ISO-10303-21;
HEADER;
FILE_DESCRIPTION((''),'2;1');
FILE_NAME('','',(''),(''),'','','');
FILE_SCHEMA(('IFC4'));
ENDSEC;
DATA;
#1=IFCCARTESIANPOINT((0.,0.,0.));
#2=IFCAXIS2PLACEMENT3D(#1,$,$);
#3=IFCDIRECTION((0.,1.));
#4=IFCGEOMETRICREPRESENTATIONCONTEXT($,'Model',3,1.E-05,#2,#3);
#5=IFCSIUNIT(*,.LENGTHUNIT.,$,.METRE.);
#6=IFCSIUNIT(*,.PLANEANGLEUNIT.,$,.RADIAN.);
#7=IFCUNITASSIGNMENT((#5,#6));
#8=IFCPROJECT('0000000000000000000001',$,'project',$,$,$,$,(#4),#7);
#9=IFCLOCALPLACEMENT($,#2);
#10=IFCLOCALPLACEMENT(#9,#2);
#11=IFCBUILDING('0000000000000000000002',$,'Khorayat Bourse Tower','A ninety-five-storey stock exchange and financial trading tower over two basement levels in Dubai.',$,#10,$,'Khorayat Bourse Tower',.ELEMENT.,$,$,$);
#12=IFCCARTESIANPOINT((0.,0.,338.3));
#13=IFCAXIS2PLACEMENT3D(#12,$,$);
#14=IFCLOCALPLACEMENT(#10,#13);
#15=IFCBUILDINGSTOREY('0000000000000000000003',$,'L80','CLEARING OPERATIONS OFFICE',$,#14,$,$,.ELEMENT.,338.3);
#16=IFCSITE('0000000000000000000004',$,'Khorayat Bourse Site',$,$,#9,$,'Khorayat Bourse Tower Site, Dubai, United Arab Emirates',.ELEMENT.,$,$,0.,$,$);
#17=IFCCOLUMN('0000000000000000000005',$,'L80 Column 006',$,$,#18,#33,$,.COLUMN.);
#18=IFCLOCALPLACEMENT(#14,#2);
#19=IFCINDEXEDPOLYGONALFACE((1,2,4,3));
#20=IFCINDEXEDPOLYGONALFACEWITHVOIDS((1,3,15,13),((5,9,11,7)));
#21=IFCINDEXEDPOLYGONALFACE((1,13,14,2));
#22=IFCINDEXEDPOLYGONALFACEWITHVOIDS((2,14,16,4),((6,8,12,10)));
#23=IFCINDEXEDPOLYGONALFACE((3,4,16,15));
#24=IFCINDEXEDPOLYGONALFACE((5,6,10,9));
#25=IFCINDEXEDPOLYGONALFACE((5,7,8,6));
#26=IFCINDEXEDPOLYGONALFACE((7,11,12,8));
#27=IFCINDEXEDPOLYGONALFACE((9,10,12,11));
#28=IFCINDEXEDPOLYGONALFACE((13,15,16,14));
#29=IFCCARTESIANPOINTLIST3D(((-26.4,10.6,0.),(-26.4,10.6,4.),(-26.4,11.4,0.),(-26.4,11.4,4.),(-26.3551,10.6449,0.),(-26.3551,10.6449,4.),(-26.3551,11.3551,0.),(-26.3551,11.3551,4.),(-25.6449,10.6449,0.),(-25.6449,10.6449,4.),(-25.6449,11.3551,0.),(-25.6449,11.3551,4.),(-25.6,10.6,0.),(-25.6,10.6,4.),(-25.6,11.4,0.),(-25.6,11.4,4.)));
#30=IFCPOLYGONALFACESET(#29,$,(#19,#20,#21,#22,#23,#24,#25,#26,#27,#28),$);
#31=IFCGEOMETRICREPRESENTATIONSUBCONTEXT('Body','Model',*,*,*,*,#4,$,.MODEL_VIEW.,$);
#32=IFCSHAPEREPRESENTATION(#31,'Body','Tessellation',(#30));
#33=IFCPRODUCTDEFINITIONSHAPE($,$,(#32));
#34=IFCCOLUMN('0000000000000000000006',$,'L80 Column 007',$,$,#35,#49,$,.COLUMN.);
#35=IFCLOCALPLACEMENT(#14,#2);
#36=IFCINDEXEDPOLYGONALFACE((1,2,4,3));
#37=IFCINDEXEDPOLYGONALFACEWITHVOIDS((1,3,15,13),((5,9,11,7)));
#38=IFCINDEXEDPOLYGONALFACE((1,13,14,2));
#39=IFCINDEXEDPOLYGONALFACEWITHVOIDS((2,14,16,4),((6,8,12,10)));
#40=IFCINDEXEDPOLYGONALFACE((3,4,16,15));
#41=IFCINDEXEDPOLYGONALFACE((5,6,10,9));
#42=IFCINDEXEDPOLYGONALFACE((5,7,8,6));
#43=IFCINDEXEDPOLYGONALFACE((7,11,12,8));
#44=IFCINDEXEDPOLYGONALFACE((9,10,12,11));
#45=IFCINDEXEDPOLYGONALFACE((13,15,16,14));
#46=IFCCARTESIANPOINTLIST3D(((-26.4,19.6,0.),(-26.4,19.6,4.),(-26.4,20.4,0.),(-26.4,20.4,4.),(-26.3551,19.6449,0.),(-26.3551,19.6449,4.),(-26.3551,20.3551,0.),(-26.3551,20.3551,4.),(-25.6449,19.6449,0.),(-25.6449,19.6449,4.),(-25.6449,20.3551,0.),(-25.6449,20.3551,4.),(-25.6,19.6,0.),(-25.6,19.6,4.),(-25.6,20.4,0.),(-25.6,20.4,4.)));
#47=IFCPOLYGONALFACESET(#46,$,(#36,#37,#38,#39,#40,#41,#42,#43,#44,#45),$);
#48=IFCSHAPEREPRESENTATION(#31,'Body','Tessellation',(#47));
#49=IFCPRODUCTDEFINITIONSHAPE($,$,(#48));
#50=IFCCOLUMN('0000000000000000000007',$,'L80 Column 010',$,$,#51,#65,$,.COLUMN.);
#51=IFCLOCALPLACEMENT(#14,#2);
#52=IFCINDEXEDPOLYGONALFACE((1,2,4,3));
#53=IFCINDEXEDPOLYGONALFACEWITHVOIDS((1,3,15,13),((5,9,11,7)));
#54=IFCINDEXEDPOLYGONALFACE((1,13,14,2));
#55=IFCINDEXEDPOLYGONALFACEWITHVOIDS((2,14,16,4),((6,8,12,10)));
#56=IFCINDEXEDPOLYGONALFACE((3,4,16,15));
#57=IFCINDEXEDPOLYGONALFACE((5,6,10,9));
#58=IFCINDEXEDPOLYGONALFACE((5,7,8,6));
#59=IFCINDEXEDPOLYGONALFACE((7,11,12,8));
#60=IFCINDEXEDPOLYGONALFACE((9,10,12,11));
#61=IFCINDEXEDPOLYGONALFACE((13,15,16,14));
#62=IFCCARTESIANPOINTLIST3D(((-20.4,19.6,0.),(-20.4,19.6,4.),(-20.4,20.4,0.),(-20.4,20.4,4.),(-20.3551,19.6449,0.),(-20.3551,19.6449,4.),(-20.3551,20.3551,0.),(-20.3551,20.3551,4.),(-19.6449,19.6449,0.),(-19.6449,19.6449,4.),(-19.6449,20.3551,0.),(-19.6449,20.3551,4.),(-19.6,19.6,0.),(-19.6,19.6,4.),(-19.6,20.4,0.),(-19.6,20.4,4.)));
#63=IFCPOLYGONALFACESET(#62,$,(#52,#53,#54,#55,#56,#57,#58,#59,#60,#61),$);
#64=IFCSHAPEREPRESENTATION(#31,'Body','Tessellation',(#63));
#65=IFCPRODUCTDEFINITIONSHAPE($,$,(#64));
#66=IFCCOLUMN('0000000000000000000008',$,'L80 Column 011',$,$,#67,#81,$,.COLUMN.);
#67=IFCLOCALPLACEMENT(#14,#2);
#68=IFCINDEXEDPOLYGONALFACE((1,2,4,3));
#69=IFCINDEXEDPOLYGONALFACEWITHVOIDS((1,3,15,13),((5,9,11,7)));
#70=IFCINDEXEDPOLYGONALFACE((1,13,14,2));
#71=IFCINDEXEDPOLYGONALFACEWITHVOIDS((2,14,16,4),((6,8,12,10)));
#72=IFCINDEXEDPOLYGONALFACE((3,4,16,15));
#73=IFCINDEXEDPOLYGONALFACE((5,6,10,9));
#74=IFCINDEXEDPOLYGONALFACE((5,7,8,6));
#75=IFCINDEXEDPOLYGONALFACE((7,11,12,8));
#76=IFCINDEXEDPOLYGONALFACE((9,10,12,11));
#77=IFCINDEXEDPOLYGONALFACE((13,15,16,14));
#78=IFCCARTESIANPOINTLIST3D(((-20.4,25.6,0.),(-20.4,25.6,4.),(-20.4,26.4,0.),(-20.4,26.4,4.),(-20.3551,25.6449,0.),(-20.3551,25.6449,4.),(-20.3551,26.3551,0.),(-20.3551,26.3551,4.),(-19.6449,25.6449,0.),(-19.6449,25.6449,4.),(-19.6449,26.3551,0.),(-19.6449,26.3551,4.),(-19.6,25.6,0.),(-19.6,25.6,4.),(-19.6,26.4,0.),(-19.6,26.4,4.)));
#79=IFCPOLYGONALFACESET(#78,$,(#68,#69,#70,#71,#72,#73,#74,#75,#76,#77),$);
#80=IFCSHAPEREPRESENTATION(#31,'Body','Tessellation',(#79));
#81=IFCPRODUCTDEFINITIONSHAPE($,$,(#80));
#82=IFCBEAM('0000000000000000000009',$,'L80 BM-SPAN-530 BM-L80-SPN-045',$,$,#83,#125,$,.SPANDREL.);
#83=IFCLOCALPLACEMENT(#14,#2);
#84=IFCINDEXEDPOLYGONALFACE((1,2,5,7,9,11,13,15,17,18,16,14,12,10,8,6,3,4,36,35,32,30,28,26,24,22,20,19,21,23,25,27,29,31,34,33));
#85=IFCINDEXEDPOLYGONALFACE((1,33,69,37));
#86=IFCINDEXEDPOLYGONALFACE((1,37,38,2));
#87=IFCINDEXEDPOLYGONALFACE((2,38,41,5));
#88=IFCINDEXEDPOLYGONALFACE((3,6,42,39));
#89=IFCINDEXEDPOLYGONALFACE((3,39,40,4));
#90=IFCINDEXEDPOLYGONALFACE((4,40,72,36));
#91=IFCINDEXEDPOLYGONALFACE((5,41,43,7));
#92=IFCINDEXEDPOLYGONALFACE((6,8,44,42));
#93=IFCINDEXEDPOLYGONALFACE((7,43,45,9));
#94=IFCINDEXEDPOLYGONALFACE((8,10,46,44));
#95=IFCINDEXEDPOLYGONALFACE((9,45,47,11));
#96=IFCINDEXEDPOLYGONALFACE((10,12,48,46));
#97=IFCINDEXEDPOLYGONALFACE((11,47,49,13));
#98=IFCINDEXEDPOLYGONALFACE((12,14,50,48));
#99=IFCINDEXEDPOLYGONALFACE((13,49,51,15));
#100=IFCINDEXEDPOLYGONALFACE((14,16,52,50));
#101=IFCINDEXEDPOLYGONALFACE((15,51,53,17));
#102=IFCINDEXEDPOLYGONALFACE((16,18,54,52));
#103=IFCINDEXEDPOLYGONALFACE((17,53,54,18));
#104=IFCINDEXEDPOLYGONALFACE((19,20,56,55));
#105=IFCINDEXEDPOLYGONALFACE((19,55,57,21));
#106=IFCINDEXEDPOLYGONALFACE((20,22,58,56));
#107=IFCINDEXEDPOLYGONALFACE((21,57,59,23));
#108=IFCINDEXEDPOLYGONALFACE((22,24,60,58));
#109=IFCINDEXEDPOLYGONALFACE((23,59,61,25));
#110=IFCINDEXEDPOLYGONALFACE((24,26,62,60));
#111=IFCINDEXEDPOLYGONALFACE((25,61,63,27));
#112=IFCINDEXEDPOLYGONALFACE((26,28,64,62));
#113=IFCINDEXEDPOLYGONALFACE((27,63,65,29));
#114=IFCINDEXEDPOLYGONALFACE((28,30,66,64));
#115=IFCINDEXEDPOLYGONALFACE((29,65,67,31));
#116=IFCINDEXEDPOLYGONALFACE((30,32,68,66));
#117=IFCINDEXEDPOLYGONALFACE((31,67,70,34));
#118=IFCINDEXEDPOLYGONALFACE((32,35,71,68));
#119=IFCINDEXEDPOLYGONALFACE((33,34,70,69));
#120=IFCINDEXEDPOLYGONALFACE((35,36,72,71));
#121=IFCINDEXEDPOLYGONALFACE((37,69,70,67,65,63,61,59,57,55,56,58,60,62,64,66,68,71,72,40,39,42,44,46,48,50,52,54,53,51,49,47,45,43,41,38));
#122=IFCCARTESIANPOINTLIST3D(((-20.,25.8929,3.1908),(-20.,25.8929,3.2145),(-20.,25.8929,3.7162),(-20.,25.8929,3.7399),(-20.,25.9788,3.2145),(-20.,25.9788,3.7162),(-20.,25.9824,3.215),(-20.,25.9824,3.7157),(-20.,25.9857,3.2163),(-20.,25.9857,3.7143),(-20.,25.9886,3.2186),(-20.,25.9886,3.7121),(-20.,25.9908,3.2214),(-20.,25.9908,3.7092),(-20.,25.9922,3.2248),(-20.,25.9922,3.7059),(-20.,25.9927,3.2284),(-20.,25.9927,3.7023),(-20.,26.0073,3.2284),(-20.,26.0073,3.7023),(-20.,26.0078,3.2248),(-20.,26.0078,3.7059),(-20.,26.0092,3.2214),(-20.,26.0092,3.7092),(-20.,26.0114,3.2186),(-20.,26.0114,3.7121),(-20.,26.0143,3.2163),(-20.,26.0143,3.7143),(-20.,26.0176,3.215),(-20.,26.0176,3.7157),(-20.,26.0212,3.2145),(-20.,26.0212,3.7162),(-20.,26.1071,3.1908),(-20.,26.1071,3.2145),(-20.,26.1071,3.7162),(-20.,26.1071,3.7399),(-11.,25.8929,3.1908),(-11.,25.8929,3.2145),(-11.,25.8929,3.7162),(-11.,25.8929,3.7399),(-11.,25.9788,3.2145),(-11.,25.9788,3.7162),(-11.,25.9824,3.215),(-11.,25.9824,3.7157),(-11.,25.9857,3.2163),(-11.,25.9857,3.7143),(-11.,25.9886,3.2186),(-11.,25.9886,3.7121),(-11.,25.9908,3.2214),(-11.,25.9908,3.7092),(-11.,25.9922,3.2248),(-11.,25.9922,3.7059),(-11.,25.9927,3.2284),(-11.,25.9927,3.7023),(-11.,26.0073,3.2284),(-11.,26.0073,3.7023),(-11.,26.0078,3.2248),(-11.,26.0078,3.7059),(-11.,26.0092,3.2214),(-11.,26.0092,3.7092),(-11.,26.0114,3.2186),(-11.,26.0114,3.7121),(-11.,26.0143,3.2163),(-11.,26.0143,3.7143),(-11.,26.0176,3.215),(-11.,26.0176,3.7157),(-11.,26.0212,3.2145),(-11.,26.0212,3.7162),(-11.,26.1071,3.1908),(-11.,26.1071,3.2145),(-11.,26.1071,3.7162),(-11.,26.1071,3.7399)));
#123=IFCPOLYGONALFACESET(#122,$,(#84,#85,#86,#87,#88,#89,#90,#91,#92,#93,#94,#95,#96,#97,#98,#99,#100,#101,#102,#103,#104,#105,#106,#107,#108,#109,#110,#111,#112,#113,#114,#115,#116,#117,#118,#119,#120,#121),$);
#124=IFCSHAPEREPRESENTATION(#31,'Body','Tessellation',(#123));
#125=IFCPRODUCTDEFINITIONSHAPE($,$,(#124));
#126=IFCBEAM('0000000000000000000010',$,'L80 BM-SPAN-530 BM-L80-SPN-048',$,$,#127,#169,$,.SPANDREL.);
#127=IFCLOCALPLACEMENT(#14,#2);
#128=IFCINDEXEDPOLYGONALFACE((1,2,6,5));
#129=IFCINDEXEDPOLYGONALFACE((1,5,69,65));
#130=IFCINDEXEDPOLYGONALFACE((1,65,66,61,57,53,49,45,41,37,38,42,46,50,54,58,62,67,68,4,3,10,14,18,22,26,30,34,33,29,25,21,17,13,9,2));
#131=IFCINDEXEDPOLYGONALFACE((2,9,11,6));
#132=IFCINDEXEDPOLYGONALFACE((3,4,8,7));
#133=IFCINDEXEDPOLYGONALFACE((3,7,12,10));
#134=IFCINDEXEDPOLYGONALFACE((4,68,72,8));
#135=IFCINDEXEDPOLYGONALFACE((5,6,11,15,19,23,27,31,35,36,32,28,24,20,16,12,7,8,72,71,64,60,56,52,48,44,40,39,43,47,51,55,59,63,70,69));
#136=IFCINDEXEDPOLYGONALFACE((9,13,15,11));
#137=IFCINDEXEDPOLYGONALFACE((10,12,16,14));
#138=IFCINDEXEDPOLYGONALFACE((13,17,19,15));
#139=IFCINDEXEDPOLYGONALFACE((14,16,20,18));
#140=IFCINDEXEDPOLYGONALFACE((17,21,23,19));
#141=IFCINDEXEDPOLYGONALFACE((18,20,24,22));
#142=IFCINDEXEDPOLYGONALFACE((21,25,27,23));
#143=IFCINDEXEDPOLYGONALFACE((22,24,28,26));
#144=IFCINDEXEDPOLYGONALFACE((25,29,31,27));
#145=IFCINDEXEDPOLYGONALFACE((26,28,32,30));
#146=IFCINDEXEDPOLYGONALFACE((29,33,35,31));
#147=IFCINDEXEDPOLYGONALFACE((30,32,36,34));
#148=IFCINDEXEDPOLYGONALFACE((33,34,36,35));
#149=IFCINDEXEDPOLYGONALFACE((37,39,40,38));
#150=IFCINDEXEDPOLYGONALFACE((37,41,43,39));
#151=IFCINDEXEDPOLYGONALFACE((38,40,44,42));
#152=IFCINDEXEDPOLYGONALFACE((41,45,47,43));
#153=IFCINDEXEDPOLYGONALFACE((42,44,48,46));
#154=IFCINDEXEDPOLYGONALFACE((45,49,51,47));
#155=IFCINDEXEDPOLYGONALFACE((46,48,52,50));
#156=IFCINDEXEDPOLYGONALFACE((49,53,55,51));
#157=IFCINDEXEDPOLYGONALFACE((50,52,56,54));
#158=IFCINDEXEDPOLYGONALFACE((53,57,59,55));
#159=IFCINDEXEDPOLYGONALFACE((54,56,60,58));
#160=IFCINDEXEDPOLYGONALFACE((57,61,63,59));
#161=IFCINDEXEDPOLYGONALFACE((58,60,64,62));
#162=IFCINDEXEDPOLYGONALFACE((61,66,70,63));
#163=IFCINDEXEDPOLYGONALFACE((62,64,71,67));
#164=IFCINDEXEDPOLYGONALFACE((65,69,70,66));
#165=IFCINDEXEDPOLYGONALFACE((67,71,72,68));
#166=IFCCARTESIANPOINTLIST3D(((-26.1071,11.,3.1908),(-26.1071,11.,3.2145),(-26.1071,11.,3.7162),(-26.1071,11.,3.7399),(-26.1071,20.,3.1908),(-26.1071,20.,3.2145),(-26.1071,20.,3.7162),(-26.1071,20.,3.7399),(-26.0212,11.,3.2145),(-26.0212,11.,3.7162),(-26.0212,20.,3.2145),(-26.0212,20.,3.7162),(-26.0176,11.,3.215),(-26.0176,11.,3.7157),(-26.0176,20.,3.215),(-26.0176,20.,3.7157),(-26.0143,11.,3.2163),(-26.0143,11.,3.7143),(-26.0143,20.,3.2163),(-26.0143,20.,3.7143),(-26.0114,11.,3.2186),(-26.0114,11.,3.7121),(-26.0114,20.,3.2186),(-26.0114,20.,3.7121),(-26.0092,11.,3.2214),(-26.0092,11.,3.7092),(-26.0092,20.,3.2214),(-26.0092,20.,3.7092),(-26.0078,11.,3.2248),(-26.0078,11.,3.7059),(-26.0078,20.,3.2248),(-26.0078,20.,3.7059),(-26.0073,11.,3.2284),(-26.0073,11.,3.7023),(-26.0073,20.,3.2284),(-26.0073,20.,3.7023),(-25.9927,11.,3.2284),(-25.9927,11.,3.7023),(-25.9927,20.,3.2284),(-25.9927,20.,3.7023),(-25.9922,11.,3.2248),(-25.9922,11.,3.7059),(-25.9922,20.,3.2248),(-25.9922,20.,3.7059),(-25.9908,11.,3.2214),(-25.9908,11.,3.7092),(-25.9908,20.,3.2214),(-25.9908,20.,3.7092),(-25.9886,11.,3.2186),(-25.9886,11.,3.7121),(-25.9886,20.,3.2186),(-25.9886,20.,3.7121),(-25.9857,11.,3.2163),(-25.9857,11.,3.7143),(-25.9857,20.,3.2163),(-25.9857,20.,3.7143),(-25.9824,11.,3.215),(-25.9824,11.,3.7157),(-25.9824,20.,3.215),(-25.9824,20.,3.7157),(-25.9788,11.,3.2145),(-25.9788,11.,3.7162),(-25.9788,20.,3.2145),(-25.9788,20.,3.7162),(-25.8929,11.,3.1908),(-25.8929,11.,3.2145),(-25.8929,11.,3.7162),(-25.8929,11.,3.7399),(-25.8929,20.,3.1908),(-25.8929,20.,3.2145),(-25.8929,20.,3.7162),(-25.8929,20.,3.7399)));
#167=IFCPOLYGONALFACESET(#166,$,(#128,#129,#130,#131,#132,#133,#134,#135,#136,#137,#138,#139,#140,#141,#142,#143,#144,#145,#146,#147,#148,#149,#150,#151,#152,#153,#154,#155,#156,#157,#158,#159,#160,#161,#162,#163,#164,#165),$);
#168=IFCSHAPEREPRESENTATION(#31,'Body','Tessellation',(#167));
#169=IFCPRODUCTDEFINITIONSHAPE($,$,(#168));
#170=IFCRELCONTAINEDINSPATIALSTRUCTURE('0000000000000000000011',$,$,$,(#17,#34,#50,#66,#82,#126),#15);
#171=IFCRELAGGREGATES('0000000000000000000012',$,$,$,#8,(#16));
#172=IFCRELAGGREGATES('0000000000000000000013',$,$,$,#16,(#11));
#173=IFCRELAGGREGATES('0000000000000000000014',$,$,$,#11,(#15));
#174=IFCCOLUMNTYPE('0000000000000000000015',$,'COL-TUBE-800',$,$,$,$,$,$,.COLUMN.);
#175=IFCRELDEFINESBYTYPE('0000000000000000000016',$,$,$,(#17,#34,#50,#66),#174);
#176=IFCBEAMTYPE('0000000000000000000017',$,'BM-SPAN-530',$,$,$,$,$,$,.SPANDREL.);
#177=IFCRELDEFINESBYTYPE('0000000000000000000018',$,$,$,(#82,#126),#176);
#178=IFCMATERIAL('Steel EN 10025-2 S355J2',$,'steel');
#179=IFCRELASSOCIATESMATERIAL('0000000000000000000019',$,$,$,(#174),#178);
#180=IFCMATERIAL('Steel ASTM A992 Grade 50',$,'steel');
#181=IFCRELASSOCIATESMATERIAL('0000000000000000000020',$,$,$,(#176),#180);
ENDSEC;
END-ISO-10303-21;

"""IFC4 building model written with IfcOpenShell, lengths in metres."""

from ifc_helpers import new_model, si_unit, direction, frame, origin, origin_2d, place, context, subcontext, project, spatial, hollow_rectangle, i_section, extrude, source, transform, mapped, material, material_profile, profile_set, type_object, element, save


model = new_model("IFC4")

# Units and contexts
model_context = context("Model", 3, precision=1e-05, world=origin(), true_north=direction((0.0, 1.0)))
body_context = subcontext(model_context, "Body", "Model", "MODEL_VIEW")
ifc_project = project(units=[si_unit("LENGTHUNIT", "METRE"), si_unit("PLANEANGLEUNIT", "RADIAN")], contexts=[model_context])

# Site, building, storey
site_placement = place(None, origin())
site = spatial("IfcSite", under=ifc_project, at=site_placement, Name="Khorayat Bourse Site", LongName="Khorayat Bourse Tower Site, Dubai, United Arab Emirates", CompositionType="ELEMENT", RefElevation=0.0)
building_placement = place(site_placement, origin())
building = spatial("IfcBuilding", under=site, at=building_placement, Name="Khorayat Bourse Tower", Description="A ninety-five-storey stock exchange and financial trading tower over two basement levels in Dubai.", LongName="Khorayat Bourse Tower", CompositionType="ELEMENT")
storey_placement = place(building_placement, frame((0.0, 0.0, 338.3)))
storey = spatial("IfcBuildingStorey", under=building, at=storey_placement, Name="L80", Description="CLEARING OPERATIONS OFFICE", CompositionType="ELEMENT", Elevation=338.3)

# Columns
ifc_material_1 = material(Name="Steel EN 10025-2 S355J2", Category="steel")
ifc_material_profile_1 = material_profile(ifc_material_1, hollow_rectangle(XDim=0.8, YDim=0.8, WallThickness=0.0449, at=origin_2d()), Name="BOX 800x800x45")
ifc_profile_set_1 = profile_set([ifc_material_profile_1], Name="Steel EN 10025-2 S355J2")
column_type = type_object("IfcColumnType", Name="COL-TUBE-800", PredefinedType="COLUMN", material=ifc_profile_set_1)
shared_shape_1 = source(origin(), body_context, "Body", "SweptSolid", [
    extrude(hollow_rectangle(XDim=0.8, YDim=0.8, WallThickness=0.0449, at=origin_2d()), origin(), (0.0, 0.0, 1.0), 4.0),
])
for number, where, z_axis, x_axis, name in (
    (1, (-26.0, 11.0, 0.0), (0.0, 0.0, 1.0), (1.0, 0.0, 0.0), "L80 Column 006"),
    (2, (-26.0, 20.0, 0.0), (0.0, 0.0, 1.0), (1.0, 0.0, 0.0), "L80 Column 007"),
    (3, (-20.0, 20.0, 0.0), (0.0, 0.0, 1.0), (1.0, 0.0, 0.0), "L80 Column 010"),
    (4, (-20.0, 26.0, 0.0), (0.0, 0.0, 1.0), (1.0, 0.0, 0.0), "L80 Column 011"),
):
    element("IfcColumn", number, at=place(storey_placement, frame(where, z_axis=z_axis, x_axis=x_axis)), inside=storey, type_object=column_type, Name=name, PredefinedType="COLUMN", context=body_context, shape_type="MappedRepresentation", body=[
        mapped(shared_shape_1, transform((0.0, 0.0, 0.0), scale=1.0)),
    ])

# Beams
ifc_material_2 = material(Name="Steel ASTM A992 Grade 50", Category="steel")
ifc_material_profile_2 = material_profile(ifc_material_2, i_section(OverallWidth=0.2141, OverallDepth=0.5491, WebThickness=0.0146, FlangeThickness=0.0237, FilletRadius=0.0139, at=origin_2d()), Name="W530X138")
ifc_profile_set_2 = profile_set([ifc_material_profile_2], Name="Steel ASTM A992 Grade 50")
beam_type_1 = type_object("IfcBeamType", Name="BM-SPAN-530", PredefinedType="SPANDREL", material=ifc_profile_set_2)
shared_shape_2 = source(origin(), body_context, "Body", "SweptSolid", [
    extrude(i_section(OverallWidth=0.2141, OverallDepth=0.5491, WebThickness=0.0146, FlangeThickness=0.0237, FilletRadius=0.0139, at=origin_2d()), origin(), (0.0, 0.0, 1.0), 9.0),
])
for number, where, z_axis, x_axis, name in (
    (5, (-20.0, 26.0, 3.4653), (1.0, 0.0, 0.0), (0.0, 1.0, 0.0), "L80 BM-SPAN-530 BM-L80-SPN-045"),
    (6, (-26.0, 11.0, 3.4653), (0.0, 1.0, 0.0), (-1.0, 0.0, 0.0), "L80 BM-SPAN-530 BM-L80-SPN-048"),
):
    element("IfcBeam", number, at=place(storey_placement, frame(where, z_axis=z_axis, x_axis=x_axis)), inside=storey, type_object=beam_type_1, Name=name, PredefinedType="SPANDREL", context=body_context, shape_type="MappedRepresentation", body=[
        mapped(shared_shape_2, transform((0.0, 0.0, 0.0), scale=1.0)),
    ])

save(model, "model.ifc")
